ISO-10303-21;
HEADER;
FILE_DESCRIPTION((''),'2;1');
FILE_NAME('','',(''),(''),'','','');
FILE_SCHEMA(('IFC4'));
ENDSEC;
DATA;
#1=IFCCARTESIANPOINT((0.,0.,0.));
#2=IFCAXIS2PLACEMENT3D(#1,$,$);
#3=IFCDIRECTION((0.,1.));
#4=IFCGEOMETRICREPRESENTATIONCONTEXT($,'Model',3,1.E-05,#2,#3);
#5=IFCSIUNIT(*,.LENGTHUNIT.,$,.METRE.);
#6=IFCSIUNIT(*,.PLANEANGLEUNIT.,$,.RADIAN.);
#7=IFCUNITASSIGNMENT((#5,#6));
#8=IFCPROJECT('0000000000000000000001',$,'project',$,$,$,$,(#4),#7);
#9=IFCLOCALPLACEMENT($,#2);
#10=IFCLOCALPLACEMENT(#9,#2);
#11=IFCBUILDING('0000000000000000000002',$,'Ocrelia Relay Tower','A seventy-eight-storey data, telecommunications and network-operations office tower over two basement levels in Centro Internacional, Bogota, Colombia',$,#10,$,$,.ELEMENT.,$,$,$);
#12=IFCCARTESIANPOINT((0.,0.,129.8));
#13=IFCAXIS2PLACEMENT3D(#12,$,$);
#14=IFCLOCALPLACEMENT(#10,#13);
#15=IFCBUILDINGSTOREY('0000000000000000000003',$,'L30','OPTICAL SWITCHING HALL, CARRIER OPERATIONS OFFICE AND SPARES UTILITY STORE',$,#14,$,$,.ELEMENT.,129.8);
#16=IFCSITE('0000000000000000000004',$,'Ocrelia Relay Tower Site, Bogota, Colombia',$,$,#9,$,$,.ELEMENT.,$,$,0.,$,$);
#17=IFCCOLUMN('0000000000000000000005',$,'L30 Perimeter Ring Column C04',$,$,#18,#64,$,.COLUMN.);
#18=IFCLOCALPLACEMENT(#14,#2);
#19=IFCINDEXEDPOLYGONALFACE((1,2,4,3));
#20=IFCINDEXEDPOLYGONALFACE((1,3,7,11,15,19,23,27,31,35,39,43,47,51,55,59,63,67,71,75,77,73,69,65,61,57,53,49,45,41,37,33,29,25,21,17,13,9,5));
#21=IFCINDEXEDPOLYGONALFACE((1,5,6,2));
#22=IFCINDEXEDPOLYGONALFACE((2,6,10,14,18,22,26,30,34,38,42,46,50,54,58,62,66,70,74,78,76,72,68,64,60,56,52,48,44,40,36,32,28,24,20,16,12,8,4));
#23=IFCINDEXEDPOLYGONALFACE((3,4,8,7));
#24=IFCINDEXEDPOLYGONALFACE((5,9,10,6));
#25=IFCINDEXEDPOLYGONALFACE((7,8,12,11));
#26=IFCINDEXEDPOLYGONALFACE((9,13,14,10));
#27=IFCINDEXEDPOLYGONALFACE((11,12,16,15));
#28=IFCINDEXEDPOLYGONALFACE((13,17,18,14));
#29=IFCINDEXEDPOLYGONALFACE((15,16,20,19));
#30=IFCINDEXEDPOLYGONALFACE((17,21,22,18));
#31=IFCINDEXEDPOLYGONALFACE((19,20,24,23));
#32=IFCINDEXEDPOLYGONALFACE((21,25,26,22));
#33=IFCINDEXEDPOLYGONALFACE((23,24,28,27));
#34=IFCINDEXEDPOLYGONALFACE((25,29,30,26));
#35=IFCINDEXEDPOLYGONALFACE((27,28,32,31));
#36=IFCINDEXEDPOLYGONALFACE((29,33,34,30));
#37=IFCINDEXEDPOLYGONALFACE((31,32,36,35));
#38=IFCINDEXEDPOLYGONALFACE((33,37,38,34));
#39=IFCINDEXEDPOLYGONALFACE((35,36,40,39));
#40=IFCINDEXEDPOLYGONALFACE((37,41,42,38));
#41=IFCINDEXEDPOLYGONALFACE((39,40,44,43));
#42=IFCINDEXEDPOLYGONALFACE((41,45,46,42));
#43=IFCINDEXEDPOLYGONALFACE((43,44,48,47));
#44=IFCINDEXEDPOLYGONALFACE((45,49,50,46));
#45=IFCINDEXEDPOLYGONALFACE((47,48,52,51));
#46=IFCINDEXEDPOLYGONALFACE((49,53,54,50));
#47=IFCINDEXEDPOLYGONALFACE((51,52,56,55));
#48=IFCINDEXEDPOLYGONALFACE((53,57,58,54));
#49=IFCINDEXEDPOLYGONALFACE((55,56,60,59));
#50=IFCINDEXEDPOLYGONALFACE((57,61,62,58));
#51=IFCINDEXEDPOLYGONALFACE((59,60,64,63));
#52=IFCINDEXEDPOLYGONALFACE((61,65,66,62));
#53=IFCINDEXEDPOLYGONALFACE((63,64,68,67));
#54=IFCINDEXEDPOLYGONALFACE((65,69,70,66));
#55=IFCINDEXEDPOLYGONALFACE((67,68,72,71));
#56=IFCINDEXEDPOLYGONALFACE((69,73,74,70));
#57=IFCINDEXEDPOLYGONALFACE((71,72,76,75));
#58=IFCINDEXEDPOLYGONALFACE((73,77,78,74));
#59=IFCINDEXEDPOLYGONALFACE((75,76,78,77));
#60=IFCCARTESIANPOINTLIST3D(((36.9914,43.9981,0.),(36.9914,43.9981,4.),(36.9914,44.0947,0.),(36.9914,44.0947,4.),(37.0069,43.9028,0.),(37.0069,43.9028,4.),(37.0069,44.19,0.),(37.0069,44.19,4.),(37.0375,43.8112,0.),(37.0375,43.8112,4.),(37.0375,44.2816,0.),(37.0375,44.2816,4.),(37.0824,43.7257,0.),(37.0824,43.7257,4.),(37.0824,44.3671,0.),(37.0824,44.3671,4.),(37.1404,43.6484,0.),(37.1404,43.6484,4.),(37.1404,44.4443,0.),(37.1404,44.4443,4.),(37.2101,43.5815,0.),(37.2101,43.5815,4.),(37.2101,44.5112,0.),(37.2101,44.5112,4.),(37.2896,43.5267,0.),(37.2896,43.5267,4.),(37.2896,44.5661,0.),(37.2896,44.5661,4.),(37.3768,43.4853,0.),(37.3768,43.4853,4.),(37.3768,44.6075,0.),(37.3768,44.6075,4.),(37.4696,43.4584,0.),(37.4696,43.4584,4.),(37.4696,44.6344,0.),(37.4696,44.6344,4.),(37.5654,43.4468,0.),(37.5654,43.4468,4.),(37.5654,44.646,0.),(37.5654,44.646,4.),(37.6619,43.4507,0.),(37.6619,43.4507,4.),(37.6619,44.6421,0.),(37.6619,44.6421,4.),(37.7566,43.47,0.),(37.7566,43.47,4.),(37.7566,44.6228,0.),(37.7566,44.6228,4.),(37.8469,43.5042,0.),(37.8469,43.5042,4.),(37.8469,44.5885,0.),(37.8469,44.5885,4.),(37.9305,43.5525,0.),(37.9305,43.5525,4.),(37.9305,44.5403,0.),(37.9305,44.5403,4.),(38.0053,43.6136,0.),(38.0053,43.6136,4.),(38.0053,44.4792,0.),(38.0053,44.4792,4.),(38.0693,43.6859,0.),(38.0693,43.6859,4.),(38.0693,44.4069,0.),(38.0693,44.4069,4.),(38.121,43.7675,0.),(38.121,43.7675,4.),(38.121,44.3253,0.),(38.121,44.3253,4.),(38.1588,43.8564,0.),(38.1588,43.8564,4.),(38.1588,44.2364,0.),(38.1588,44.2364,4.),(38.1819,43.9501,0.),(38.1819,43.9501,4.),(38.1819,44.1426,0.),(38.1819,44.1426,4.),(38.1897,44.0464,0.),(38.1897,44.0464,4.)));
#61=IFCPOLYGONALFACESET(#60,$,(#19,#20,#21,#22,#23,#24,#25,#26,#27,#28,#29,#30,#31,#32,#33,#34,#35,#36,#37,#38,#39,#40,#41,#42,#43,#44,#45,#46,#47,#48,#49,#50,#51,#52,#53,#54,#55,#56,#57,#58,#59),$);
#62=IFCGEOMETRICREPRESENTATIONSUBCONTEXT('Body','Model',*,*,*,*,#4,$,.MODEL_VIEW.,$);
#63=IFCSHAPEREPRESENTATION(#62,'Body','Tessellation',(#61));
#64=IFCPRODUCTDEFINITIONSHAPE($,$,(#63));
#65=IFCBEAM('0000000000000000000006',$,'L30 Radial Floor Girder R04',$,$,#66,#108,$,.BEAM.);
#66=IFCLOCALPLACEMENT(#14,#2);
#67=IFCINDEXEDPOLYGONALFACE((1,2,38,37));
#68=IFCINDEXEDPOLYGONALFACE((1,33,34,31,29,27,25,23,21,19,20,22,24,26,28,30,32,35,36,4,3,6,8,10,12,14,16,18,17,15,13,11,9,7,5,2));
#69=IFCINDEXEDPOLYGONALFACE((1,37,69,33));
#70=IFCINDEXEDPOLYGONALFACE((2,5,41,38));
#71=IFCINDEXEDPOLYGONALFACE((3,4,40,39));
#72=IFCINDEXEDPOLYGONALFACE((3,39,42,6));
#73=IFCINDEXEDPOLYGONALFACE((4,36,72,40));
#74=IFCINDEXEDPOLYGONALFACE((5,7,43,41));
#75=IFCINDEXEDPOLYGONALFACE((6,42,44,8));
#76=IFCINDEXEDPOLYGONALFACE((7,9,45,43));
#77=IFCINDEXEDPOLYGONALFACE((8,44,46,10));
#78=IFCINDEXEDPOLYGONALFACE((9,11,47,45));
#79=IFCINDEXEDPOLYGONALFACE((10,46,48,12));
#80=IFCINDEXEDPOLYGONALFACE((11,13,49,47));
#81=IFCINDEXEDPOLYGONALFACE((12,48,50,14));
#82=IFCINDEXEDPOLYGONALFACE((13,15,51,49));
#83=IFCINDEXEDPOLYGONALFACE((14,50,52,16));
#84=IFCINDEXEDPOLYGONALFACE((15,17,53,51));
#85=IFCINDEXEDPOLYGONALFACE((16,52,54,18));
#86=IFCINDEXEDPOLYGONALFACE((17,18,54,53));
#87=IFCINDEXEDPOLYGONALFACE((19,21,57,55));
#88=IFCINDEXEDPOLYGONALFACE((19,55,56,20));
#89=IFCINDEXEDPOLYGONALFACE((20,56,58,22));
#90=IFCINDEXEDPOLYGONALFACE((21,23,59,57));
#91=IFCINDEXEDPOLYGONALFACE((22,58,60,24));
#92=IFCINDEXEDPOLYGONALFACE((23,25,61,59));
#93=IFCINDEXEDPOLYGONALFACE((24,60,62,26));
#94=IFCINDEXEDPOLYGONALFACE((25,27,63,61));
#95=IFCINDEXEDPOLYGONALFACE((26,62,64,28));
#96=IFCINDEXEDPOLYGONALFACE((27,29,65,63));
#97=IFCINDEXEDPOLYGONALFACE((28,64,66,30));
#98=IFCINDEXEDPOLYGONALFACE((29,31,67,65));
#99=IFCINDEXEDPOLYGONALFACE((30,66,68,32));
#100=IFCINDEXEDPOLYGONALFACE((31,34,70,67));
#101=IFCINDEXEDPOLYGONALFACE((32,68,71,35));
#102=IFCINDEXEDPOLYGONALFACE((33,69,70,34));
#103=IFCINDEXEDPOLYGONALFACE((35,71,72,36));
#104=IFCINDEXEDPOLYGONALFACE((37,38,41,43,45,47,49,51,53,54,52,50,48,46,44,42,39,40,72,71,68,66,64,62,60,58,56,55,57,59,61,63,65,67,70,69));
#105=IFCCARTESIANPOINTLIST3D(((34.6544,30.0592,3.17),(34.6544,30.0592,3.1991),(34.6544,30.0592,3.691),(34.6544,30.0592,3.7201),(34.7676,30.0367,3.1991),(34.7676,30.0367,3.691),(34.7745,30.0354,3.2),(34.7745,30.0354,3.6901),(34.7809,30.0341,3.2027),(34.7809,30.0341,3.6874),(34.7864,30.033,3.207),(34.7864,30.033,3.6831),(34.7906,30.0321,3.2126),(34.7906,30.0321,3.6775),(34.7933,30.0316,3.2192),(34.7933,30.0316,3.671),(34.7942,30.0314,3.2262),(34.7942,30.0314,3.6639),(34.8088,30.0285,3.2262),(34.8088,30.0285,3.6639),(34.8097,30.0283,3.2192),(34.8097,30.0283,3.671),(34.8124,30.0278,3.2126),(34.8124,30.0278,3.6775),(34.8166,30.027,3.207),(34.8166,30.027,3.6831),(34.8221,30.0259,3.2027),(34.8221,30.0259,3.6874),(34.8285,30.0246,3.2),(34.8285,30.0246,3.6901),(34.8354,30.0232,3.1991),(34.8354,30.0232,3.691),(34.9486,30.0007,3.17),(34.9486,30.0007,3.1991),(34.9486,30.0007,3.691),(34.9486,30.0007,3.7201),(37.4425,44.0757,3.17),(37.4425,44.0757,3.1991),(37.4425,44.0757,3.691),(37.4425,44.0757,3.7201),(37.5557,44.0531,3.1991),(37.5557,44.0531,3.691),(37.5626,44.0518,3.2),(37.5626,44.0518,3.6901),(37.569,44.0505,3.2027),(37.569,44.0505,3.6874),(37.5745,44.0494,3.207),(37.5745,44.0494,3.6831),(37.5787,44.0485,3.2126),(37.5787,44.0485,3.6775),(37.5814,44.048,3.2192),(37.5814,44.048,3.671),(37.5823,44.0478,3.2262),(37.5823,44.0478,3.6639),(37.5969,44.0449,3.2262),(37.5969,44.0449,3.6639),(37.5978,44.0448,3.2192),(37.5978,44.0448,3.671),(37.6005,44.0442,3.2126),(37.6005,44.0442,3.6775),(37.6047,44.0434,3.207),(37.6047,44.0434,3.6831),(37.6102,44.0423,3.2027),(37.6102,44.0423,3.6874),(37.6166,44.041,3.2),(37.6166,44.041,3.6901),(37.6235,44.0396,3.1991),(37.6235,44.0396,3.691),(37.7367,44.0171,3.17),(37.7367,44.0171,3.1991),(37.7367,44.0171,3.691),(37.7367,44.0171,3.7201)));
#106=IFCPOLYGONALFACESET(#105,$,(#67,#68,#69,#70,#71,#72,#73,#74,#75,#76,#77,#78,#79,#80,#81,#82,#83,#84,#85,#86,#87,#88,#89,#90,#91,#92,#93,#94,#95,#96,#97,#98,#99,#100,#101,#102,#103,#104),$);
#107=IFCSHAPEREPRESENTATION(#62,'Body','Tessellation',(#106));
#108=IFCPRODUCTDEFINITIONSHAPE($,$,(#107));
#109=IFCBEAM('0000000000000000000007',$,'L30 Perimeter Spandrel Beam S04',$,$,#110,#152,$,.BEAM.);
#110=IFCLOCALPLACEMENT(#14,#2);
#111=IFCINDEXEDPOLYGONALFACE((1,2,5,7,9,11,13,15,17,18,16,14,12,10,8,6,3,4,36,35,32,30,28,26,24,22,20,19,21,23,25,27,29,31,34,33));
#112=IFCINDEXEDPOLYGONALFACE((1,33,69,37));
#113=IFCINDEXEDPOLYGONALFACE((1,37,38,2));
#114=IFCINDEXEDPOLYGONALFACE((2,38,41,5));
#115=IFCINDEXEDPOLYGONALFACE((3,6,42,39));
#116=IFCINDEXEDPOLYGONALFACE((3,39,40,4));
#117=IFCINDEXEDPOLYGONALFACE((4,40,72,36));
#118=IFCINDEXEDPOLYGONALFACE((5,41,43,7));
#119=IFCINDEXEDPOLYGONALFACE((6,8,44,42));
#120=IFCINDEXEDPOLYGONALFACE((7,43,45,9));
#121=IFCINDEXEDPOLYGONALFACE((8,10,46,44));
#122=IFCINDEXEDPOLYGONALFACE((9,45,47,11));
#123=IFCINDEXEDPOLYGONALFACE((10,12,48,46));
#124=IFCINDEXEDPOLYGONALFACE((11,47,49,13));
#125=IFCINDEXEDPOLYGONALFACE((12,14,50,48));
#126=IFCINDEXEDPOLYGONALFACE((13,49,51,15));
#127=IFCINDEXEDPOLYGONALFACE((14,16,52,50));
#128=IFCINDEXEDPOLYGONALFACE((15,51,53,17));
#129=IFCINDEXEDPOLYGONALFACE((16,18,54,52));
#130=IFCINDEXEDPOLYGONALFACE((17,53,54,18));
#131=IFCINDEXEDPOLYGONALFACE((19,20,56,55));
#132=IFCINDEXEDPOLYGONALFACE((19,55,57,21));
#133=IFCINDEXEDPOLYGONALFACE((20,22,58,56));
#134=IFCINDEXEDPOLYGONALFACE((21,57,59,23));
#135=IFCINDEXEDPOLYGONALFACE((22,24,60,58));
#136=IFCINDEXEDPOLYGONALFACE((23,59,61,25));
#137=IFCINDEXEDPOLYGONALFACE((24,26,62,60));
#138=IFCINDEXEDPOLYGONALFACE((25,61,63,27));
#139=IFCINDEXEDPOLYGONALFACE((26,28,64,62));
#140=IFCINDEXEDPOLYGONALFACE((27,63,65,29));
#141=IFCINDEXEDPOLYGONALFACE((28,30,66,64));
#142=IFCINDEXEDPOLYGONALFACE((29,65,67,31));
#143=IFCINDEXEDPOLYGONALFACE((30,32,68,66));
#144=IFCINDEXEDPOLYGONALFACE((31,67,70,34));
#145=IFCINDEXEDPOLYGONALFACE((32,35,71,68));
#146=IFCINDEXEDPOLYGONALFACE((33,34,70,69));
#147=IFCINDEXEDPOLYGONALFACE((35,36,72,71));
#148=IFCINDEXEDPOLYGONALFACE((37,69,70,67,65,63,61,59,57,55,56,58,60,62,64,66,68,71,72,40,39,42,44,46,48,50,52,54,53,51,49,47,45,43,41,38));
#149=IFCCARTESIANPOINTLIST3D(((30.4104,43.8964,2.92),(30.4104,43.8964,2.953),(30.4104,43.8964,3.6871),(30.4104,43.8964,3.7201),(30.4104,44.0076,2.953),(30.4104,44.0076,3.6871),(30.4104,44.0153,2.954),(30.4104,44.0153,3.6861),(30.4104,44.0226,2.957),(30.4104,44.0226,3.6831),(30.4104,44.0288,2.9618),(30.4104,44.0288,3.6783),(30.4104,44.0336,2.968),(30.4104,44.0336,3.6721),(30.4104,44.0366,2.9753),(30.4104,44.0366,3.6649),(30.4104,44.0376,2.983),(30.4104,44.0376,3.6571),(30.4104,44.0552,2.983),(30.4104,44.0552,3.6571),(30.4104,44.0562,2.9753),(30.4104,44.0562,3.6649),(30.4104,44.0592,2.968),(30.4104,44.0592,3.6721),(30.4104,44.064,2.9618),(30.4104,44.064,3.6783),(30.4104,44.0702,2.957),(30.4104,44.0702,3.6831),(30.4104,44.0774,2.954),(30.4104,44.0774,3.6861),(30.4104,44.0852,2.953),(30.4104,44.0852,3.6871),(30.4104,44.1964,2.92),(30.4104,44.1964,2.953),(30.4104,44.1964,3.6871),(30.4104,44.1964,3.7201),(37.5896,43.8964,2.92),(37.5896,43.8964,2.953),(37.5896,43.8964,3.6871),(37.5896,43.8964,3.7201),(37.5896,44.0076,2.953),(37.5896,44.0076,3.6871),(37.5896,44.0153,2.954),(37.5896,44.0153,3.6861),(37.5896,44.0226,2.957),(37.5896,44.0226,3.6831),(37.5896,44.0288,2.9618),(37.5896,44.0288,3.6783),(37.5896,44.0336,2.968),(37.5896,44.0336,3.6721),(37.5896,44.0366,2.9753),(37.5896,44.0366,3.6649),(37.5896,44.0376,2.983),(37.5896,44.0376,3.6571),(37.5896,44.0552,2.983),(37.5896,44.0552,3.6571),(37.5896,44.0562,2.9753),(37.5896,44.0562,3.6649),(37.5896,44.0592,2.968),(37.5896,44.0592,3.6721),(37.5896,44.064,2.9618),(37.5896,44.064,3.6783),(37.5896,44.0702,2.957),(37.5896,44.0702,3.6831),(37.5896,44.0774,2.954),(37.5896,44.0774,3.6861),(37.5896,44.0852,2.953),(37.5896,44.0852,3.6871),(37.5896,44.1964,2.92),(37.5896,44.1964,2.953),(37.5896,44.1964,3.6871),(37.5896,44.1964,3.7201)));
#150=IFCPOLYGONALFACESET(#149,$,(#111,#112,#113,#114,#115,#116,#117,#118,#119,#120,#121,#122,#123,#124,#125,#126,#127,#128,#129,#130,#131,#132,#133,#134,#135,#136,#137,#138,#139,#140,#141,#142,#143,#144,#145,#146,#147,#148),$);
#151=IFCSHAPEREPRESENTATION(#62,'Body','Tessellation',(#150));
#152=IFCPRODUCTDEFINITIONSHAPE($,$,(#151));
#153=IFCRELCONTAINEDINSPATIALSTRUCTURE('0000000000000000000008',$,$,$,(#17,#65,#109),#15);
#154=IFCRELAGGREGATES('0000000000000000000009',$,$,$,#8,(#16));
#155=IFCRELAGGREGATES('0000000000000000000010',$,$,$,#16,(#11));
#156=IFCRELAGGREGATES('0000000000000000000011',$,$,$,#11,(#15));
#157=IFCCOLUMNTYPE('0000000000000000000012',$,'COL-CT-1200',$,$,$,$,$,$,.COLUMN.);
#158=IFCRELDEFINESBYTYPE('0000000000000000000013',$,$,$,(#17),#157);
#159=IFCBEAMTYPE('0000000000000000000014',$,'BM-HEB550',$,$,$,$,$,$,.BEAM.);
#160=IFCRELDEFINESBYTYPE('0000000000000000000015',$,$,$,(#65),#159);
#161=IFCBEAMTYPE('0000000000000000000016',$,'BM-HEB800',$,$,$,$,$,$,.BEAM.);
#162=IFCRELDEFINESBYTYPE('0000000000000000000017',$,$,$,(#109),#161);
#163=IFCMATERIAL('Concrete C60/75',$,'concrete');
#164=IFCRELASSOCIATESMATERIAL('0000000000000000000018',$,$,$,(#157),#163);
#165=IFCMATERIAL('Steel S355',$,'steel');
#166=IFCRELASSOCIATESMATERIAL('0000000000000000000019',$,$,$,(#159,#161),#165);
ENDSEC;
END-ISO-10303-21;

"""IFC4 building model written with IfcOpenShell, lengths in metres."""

from ifc_helpers import new_model, si_unit, direction, frame, origin, origin_2d, place, context, subcontext, project, spatial, circle, i_section, extrude, material, material_profile, profile_set, type_object, element, save


model = new_model("IFC4")

# Units and contexts
model_context = context("Model", 3, precision=1e-05, world=origin(), true_north=direction((0.0, 1.0)))
body_context = subcontext(model_context, "Body", "Model", "MODEL_VIEW")
ifc_project = project(units=[si_unit("LENGTHUNIT", "METRE"), si_unit("PLANEANGLEUNIT", "RADIAN")], contexts=[model_context])

# Site, building, storey
site_placement = place(None, origin())
site = spatial("IfcSite", under=ifc_project, at=site_placement, Name="Ocrelia Relay Tower Site, Bogota, Colombia", CompositionType="ELEMENT", RefElevation=0.0)
building_placement = place(site_placement, origin())
building = spatial("IfcBuilding", under=site, at=building_placement, Name="Ocrelia Relay Tower", Description="A seventy-eight-storey data, telecommunications and network-operations office tower over two basement levels in Centro Internacional, Bogota, Colombia", CompositionType="ELEMENT")
storey_placement = place(building_placement, frame((0.0, 0.0, 129.8)))
storey = spatial("IfcBuildingStorey", under=building, at=storey_placement, Name="L30", Description="OPTICAL SWITCHING HALL, CARRIER OPERATIONS OFFICE AND SPARES UTILITY STORE", CompositionType="ELEMENT", Elevation=129.8)

# Column
ifc_material_1 = material(Name="Concrete C60/75", Category="concrete")
ifc_material_profile_1 = material_profile(ifc_material_1, circle(Radius=0.6001, at=origin_2d()), Name="RC-CIR-1200")
ifc_profile_set_1 = profile_set([ifc_material_profile_1], Name="Concrete C60/75")
column_type = type_object("IfcColumnType", Name="COL-CT-1200", PredefinedType="COLUMN", material=ifc_profile_set_1)
column_placement = place(storey_placement, frame((37.5896, 44.0464, 0.0), z_axis=(0.0, 0.0, 1.0), x_axis=(1.0, 0.0, 0.0)))
element("IfcColumn", 1, at=column_placement, inside=storey, type_object=column_type, Name="L30 Perimeter Ring Column C04", PredefinedType="COLUMN", context=body_context, shape_type="SweptSolid", body=[
    extrude(circle(Radius=0.6001, at=origin_2d()), origin(), (0.0, 0.0, 1.0), 4.0),
])

# Beams
ifc_material_2 = material(Name="Steel S355", Category="steel")
ifc_material_profile_2 = material_profile(ifc_material_2, i_section(OverallWidth=0.3, OverallDepth=0.55, WebThickness=0.0149, FlangeThickness=0.0291, FilletRadius=0.0271, at=origin_2d()), Name="HEB 550")
ifc_profile_set_2 = profile_set([ifc_material_profile_2], Name="Steel S355")
beam_type_1 = type_object("IfcBeamType", Name="BM-HEB550", PredefinedType="BEAM", material=ifc_profile_set_2)
beam_1_placement = place(storey_placement, frame((37.5896, 44.0464, 3.4451), z_axis=(-0.195094, -0.980784, 0.0), x_axis=(0.980784, -0.195094, 0.0)))
element("IfcBeam", 2, at=beam_1_placement, inside=storey, type_object=beam_type_1, Name="L30 Radial Floor Girder R04", PredefinedType="BEAM", context=body_context, shape_type="SweptSolid", body=[
    extrude(i_section(OverallWidth=0.3, OverallDepth=0.55, WebThickness=0.0149, FlangeThickness=0.0291, FilletRadius=0.0271, at=origin_2d()), origin(), (0.0, 0.0, 1.0), 14.291),
])
ifc_material_profile_3 = material_profile(ifc_material_2, i_section(OverallWidth=0.3, OverallDepth=0.8, WebThickness=0.0176, FlangeThickness=0.033, FilletRadius=0.03, at=origin_2d()), Name="HEB 800")
ifc_profile_set_3 = profile_set([ifc_material_profile_3], Name="Steel S355")
beam_type_2 = type_object("IfcBeamType", Name="BM-HEB800", PredefinedType="BEAM", material=ifc_profile_set_3)
beam_2_placement = place(storey_placement, frame((37.5896, 44.0464, 3.3201), z_axis=(-1.0, 0.0, 0.0), x_axis=(0.0, -1.0, 0.0)))
element("IfcBeam", 3, at=beam_2_placement, inside=storey, type_object=beam_type_2, Name="L30 Perimeter Spandrel Beam S04", PredefinedType="BEAM", context=body_context, shape_type="SweptSolid", body=[
    extrude(i_section(OverallWidth=0.3, OverallDepth=0.8, WebThickness=0.0176, FlangeThickness=0.033, FilletRadius=0.03, at=origin_2d()), origin(), (0.0, 0.0, 1.0), 7.1792),
])

save(model, "model.ifc")
